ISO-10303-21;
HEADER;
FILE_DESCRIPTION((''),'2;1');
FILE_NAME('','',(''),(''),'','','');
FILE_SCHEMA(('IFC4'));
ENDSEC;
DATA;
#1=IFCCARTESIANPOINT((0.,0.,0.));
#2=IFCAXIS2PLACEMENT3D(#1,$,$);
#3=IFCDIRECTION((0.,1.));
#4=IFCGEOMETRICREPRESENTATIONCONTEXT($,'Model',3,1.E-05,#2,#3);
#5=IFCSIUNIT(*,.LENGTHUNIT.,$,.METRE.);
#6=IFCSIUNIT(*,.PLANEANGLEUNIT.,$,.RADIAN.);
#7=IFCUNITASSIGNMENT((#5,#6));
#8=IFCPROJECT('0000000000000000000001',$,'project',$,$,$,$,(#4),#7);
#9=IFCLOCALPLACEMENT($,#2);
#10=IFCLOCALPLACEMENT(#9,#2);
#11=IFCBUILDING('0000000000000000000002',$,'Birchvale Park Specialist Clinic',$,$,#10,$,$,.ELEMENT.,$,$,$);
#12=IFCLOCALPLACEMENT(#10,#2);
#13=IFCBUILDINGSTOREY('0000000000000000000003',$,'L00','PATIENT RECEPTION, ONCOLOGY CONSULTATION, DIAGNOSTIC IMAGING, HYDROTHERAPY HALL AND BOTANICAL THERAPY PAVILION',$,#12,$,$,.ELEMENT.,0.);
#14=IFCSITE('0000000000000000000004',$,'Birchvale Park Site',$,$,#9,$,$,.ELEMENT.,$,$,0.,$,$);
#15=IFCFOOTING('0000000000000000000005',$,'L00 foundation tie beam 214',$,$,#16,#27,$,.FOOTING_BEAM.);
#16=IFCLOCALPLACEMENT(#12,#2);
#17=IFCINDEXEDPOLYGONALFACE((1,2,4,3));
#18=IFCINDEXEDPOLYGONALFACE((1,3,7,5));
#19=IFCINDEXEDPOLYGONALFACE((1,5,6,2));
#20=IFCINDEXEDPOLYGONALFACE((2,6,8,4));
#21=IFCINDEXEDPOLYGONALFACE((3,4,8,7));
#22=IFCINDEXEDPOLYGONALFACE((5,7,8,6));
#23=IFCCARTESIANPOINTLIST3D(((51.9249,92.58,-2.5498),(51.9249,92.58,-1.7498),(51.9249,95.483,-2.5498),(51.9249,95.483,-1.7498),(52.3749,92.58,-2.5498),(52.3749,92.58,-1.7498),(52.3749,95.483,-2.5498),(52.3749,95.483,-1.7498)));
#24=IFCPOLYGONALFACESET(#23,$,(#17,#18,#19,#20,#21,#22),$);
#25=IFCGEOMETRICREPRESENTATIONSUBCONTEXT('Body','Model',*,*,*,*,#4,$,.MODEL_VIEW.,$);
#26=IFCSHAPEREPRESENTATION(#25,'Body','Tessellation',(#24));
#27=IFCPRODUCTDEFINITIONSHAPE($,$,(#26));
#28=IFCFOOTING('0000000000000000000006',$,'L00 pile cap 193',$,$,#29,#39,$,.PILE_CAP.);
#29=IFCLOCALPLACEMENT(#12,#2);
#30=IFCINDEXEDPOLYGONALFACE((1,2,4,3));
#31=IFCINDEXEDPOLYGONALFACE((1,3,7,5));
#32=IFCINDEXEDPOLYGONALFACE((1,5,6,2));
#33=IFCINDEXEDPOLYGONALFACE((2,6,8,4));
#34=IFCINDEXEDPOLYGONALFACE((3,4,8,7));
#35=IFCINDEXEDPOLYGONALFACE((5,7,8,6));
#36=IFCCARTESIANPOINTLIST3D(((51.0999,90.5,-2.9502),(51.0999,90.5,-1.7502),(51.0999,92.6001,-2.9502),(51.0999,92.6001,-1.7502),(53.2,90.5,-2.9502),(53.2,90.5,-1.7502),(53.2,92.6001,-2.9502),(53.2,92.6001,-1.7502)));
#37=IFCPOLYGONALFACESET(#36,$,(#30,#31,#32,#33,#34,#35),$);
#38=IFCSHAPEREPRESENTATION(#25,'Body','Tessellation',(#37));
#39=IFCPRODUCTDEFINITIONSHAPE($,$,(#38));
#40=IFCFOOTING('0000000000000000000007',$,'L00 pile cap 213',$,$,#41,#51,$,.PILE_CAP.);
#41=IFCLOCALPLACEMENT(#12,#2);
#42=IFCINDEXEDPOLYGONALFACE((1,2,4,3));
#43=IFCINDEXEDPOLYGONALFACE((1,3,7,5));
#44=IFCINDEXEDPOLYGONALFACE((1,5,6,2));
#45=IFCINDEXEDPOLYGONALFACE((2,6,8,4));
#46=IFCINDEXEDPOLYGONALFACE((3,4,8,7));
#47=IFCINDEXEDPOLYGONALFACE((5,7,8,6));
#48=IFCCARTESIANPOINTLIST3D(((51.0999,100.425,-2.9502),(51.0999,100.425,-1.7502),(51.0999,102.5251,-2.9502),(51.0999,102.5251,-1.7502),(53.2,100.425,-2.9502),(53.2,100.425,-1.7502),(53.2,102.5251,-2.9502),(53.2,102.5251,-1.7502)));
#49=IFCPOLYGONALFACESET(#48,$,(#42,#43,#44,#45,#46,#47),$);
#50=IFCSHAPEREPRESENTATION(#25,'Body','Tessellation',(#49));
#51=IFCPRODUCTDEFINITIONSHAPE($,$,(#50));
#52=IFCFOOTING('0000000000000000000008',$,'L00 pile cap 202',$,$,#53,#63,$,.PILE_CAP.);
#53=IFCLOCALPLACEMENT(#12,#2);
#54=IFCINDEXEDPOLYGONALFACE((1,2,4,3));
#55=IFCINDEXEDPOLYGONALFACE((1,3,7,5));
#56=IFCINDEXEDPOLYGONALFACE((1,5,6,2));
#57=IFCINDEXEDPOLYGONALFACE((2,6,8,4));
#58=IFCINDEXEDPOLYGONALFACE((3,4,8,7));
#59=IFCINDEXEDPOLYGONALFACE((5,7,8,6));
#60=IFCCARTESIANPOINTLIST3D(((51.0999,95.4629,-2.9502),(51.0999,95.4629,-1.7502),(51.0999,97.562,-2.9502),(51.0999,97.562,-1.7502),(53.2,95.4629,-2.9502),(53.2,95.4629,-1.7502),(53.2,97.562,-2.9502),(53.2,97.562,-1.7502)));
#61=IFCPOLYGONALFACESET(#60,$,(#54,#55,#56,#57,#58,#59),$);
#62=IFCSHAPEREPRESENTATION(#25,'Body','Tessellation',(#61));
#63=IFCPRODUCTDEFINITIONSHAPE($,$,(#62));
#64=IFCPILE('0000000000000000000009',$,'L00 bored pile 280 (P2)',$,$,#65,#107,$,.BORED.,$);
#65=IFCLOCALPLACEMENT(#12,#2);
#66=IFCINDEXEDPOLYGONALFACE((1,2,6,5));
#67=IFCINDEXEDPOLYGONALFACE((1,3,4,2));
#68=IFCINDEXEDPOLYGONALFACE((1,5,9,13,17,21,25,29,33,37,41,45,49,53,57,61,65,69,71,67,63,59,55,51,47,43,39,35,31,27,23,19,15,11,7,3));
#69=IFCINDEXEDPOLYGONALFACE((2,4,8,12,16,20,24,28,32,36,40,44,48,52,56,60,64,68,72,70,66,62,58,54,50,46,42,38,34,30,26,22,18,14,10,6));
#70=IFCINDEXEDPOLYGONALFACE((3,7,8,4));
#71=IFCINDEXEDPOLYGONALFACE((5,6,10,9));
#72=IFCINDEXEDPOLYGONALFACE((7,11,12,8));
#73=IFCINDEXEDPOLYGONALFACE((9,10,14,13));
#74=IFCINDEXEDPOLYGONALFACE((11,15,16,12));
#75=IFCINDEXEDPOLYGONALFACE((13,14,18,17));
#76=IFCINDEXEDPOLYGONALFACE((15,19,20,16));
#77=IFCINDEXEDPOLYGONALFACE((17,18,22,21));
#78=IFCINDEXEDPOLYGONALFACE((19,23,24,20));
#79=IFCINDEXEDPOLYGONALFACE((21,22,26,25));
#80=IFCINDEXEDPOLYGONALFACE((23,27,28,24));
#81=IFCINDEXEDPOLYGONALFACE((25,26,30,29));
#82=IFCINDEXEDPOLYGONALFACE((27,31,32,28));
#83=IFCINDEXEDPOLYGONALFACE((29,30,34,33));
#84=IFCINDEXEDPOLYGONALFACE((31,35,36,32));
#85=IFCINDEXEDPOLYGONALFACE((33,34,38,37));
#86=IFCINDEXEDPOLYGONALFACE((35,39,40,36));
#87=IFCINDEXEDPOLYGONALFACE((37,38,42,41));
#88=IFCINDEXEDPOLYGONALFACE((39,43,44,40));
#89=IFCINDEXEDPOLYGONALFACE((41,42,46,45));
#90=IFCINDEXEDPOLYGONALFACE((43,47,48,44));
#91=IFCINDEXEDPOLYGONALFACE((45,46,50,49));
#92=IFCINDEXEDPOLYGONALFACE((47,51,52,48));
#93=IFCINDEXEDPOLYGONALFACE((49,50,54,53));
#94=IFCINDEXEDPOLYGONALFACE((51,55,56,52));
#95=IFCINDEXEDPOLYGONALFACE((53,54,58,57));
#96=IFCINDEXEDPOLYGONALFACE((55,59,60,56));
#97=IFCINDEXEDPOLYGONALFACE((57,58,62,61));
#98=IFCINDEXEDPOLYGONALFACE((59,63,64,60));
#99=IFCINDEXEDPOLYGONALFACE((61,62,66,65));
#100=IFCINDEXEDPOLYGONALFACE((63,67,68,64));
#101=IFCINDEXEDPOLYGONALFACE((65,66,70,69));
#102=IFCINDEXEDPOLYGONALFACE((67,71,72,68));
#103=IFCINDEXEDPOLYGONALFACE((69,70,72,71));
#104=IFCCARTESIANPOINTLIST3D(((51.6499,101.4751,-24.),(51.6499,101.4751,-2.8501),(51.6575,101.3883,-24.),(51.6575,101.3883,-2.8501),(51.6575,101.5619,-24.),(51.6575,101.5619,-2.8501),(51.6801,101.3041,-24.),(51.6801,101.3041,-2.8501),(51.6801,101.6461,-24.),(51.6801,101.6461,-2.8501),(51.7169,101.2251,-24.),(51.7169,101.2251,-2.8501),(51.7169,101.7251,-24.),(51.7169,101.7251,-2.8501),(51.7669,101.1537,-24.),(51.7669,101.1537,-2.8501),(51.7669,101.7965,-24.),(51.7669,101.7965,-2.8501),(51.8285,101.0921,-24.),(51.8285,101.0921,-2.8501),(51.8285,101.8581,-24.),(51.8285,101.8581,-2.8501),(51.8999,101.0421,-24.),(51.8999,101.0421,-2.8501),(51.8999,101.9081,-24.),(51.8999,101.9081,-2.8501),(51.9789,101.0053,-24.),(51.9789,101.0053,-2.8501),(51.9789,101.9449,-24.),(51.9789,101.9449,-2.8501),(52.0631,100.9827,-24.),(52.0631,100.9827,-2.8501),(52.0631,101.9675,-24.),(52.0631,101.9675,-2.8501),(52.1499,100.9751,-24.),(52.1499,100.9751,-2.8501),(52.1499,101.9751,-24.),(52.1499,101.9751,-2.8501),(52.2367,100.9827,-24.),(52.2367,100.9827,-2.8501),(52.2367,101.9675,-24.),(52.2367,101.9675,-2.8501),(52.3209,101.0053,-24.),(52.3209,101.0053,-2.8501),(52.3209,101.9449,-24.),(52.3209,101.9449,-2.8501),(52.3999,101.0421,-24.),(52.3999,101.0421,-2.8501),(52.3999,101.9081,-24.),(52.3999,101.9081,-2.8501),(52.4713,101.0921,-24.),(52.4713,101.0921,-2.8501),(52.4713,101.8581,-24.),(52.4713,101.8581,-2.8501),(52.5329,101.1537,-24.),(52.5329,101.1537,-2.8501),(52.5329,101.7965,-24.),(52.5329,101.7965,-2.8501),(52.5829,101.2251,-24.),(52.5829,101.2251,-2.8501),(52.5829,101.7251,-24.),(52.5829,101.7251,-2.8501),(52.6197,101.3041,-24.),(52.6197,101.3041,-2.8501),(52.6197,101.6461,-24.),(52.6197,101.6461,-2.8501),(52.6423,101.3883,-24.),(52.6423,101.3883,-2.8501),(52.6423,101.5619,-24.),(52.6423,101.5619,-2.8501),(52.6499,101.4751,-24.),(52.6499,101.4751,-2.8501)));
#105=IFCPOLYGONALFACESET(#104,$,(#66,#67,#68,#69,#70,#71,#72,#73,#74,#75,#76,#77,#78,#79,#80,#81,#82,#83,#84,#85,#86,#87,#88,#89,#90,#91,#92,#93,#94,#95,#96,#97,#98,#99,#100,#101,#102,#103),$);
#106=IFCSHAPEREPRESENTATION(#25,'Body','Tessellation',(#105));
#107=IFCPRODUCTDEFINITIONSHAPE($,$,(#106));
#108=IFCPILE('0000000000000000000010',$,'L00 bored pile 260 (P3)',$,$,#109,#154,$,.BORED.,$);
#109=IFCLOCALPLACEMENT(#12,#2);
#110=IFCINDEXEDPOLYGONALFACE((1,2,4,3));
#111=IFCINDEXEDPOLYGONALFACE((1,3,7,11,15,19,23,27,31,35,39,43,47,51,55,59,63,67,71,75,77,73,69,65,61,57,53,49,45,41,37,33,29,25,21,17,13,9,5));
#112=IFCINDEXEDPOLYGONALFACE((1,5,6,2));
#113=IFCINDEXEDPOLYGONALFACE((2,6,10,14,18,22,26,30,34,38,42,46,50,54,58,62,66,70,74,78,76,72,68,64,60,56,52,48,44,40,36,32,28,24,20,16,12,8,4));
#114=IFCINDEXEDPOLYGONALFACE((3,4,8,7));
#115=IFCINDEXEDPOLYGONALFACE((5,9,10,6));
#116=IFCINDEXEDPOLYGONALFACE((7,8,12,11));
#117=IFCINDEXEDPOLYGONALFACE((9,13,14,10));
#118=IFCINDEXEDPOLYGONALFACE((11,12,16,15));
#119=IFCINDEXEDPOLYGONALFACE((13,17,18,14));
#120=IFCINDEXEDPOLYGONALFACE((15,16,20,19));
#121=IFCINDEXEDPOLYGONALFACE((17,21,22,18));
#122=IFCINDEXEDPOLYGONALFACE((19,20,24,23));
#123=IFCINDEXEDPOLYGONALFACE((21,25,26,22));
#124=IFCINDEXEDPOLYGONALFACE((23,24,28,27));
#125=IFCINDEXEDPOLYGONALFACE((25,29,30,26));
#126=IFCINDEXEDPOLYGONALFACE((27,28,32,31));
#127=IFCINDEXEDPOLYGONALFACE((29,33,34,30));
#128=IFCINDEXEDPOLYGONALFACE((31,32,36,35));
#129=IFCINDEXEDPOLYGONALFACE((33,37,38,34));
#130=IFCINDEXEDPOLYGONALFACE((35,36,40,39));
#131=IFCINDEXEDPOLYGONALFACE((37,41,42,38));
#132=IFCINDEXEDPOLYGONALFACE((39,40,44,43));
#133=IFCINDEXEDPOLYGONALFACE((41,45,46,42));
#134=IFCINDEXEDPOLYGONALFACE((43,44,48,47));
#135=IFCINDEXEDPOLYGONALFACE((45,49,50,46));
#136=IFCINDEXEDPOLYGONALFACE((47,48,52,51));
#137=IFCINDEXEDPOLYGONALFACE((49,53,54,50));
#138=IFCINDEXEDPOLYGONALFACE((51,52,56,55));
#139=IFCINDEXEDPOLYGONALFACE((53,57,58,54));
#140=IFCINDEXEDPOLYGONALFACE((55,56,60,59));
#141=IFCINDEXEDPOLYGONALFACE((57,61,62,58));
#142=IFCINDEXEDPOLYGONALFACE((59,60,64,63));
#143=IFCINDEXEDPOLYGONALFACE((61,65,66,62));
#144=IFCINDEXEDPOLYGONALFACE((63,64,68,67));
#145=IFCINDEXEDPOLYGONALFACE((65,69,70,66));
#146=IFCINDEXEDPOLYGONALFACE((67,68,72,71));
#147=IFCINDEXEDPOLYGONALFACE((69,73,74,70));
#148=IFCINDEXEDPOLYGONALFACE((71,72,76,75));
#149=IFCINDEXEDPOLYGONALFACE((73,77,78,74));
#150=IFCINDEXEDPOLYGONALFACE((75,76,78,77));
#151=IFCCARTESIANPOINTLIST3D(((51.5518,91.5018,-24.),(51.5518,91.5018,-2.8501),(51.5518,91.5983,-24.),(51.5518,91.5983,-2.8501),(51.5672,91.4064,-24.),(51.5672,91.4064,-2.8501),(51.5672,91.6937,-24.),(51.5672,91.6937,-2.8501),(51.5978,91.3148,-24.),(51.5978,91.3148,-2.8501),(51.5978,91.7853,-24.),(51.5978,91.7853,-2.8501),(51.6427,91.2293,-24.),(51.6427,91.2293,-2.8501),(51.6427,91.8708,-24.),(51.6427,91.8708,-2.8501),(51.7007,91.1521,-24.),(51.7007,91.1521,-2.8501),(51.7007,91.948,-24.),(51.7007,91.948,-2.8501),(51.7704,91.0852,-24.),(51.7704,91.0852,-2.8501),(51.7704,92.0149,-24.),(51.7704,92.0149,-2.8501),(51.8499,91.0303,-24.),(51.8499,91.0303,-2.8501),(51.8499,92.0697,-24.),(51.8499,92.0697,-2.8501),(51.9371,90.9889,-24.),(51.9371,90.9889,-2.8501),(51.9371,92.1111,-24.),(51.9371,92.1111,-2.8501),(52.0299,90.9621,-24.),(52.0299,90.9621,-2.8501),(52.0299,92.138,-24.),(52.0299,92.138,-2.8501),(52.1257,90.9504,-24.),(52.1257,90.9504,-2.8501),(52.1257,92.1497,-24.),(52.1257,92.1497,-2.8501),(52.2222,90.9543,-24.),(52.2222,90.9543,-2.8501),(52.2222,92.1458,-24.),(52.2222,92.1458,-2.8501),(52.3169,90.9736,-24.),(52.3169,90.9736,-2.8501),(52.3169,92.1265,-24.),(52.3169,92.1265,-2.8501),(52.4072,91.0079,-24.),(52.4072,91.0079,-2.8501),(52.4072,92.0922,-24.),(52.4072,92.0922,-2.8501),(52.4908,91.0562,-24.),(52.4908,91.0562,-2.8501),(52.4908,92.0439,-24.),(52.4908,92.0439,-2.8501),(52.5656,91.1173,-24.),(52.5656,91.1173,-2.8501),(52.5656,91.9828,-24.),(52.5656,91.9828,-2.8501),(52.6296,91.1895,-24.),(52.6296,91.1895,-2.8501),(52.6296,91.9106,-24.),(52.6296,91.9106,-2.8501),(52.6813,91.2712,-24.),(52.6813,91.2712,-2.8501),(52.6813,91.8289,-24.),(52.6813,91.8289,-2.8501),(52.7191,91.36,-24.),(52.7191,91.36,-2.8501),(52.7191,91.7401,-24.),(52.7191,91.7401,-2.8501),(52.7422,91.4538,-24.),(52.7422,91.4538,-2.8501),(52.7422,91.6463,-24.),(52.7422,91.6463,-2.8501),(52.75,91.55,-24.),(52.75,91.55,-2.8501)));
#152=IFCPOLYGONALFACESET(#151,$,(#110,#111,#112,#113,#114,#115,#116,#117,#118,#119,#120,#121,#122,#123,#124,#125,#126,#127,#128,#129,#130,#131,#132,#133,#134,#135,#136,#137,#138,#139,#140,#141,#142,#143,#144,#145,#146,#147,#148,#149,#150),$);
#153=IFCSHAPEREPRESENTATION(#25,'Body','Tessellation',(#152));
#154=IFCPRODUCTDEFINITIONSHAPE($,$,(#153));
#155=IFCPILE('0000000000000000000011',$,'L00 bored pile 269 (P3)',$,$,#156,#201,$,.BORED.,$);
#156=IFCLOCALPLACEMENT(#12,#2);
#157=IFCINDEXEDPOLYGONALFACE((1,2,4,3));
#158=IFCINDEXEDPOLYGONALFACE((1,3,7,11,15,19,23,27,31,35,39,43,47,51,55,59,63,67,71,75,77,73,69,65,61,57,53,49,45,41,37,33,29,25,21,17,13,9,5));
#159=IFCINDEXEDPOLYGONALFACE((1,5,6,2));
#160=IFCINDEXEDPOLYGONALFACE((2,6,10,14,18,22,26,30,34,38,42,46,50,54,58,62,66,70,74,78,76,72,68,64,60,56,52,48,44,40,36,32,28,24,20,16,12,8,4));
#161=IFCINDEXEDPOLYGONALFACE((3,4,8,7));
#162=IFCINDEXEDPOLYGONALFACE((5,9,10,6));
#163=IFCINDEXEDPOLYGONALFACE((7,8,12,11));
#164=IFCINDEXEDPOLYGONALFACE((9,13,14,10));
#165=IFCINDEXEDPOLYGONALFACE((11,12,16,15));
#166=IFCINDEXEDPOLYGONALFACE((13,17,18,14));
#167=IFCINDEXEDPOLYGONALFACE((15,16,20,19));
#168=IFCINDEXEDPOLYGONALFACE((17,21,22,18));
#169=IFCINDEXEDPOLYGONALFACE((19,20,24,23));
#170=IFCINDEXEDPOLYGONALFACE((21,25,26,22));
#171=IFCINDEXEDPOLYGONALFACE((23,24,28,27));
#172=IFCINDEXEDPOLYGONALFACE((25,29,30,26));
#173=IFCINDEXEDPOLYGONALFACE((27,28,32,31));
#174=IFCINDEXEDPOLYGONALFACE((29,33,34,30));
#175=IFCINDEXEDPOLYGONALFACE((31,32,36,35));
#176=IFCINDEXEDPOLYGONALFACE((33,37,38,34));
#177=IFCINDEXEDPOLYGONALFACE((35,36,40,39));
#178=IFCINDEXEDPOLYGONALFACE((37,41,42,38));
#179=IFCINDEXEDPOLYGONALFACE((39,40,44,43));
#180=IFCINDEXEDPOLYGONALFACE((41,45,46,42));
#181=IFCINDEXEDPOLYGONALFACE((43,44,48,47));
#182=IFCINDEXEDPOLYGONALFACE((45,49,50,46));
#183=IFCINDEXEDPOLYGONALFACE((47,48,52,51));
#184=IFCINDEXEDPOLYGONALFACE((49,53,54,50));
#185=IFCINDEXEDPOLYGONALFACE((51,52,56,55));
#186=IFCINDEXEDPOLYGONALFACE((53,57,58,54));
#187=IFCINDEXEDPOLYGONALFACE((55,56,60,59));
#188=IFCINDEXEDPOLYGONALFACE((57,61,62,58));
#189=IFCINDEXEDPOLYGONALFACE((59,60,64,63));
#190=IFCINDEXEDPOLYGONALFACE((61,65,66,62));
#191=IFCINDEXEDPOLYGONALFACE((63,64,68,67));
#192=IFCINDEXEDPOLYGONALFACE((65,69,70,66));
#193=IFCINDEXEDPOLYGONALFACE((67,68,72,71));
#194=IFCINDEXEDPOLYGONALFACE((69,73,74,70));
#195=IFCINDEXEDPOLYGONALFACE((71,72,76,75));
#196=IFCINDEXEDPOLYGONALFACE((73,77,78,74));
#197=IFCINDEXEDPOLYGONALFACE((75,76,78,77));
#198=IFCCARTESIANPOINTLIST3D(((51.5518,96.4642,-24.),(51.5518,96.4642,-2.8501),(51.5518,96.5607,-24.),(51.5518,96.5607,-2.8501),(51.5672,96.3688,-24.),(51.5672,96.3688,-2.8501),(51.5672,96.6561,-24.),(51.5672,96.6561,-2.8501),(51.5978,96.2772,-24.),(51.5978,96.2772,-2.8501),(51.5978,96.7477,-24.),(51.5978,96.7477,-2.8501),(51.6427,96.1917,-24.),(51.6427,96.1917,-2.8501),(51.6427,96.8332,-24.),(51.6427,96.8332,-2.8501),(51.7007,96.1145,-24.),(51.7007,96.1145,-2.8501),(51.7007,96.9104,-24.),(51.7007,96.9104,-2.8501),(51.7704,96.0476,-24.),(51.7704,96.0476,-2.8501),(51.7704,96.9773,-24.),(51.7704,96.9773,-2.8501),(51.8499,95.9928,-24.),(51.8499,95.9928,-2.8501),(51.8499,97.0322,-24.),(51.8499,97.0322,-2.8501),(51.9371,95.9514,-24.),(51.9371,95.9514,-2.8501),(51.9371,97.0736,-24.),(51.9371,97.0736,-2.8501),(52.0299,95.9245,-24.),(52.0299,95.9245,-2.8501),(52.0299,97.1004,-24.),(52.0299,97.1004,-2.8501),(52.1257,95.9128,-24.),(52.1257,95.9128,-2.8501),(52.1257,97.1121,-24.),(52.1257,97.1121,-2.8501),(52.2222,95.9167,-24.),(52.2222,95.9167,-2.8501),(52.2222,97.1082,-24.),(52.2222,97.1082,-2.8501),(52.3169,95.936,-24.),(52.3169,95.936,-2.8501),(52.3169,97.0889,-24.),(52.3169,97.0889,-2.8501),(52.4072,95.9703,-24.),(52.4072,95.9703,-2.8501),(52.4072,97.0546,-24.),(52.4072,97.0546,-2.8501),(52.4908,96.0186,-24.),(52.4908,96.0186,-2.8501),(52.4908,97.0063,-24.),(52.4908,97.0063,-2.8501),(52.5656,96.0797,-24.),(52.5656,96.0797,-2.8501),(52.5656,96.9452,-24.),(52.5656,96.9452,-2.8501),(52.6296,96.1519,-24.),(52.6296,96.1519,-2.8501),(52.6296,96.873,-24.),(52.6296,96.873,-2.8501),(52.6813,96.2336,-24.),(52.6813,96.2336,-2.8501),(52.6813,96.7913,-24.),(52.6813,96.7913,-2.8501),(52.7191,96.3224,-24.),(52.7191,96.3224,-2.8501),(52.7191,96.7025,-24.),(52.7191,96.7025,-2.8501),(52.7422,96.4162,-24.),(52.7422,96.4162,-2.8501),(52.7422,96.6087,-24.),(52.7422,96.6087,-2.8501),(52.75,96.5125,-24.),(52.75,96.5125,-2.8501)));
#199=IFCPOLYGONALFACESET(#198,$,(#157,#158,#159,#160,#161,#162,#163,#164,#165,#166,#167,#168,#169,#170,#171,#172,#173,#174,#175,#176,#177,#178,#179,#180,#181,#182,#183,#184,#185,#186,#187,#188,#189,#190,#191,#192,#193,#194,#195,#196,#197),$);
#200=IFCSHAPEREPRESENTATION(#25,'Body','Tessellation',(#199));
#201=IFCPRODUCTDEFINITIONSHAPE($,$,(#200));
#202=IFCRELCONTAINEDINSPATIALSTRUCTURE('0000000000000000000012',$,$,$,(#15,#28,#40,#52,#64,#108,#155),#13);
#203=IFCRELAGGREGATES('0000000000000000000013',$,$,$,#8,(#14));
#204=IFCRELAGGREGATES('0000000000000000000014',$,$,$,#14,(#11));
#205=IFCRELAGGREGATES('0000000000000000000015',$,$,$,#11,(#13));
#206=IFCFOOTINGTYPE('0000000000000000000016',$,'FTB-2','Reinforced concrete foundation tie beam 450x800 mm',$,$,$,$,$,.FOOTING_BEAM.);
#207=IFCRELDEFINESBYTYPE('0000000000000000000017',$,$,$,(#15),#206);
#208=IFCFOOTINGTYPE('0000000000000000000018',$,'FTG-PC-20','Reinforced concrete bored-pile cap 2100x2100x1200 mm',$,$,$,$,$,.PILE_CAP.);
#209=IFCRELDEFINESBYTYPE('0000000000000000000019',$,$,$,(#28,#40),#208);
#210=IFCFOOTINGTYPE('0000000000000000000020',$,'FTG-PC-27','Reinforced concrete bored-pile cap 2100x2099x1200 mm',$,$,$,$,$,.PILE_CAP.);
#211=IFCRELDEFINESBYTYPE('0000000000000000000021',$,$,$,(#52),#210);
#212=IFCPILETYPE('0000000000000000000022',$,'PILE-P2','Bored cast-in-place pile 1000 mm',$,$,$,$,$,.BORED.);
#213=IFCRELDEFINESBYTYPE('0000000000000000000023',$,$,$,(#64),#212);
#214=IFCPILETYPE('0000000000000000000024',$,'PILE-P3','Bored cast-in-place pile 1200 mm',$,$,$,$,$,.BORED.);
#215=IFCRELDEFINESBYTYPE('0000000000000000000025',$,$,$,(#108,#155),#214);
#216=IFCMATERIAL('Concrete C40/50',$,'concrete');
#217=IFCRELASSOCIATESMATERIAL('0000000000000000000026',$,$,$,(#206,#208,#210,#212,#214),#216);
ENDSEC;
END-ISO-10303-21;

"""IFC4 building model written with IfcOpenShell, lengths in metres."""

from ifc_helpers import new_model, si_unit, direction, frame, origin, origin_2d, place, context, subcontext, project, spatial, rectangle, circle, extrude, material, material_profile, profile_set, type_object, element, save


model = new_model("IFC4")

# Units and contexts
model_context = context("Model", 3, precision=1e-05, world=origin(), true_north=direction((0.0, 1.0)))
body_context = subcontext(model_context, "Body", "Model", "MODEL_VIEW")
ifc_project = project(units=[si_unit("LENGTHUNIT", "METRE"), si_unit("PLANEANGLEUNIT", "RADIAN")], contexts=[model_context])

# Site, building, storey
site_placement = place(None, origin())
site = spatial("IfcSite", under=ifc_project, at=site_placement, Name="Birchvale Park Site", CompositionType="ELEMENT", RefElevation=0.0)
building_placement = place(site_placement, origin())
building = spatial("IfcBuilding", under=site, at=building_placement, Name="Birchvale Park Specialist Clinic", CompositionType="ELEMENT")
storey_placement = place(building_placement, origin())
storey = spatial("IfcBuildingStorey", under=building, at=storey_placement, Name="L00", Description="PATIENT RECEPTION, ONCOLOGY CONSULTATION, DIAGNOSTIC IMAGING, HYDROTHERAPY HALL AND BOTANICAL THERAPY PAVILION", CompositionType="ELEMENT", Elevation=0.0)

# Footings
ifc_material_1 = material(Name="Concrete C40/50", Category="concrete")
footing_type_1 = type_object("IfcFootingType", Name="FTB-2", Description="Reinforced concrete foundation tie beam 450x800 mm", PredefinedType="FOOTING_BEAM", material=ifc_material_1)
footing_1_placement = place(storey_placement, frame((52.1499, 94.0315, -2.5498), z_axis=(0.0, 0.0, 1.0), x_axis=(1.0, 0.0, 0.0)))
element("IfcFooting", 1, at=footing_1_placement, inside=storey, type_object=footing_type_1, Name="L00 foundation tie beam 214", PredefinedType="FOOTING_BEAM", context=body_context, shape_type="SweptSolid", body=[
    extrude(rectangle(XDim=0.45, YDim=2.9031, at=origin_2d()), origin(), (0.0, 0.0, 1.0), 0.8),
])
footing_type_2 = type_object("IfcFootingType", Name="FTG-PC-20", Description="Reinforced concrete bored-pile cap 2100x2100x1200 mm", PredefinedType="PILE_CAP", material=ifc_material_1)
for number, where, z_axis, x_axis, name in (
    (2, (52.1499, 91.55, -2.9502), (0.0, 0.0, 1.0), (1.0, 0.0, 0.0), "L00 pile cap 193"),
    (3, (52.1499, 101.4751, -2.9502), (0.0, 0.0, 1.0), (1.0, 0.0, 0.0), "L00 pile cap 213"),
):
    element("IfcFooting", number, at=place(storey_placement, frame(where, z_axis=z_axis, x_axis=x_axis)), inside=storey, type_object=footing_type_2, Name=name, PredefinedType="PILE_CAP", context=body_context, shape_type="SweptSolid", body=[
        extrude(rectangle(XDim=2.1001, YDim=2.1001, at=origin_2d()), origin(), (0.0, 0.0, 1.0), 1.2),
    ])
footing_type_3 = type_object("IfcFootingType", Name="FTG-PC-27", Description="Reinforced concrete bored-pile cap 2100x2099x1200 mm", PredefinedType="PILE_CAP", material=ifc_material_1)
footing_2_placement = place(storey_placement, frame((52.1499, 96.5125, -2.9502), z_axis=(0.0, 0.0, 1.0), x_axis=(1.0, 0.0, 0.0)))
element("IfcFooting", 4, at=footing_2_placement, inside=storey, type_object=footing_type_3, Name="L00 pile cap 202", PredefinedType="PILE_CAP", context=body_context, shape_type="SweptSolid", body=[
    extrude(rectangle(XDim=2.1001, YDim=2.0991, at=origin_2d()), origin(), (0.0, 0.0, 1.0), 1.2),
])

# Piles
ifc_material_profile_1 = material_profile(ifc_material_1, circle(Radius=0.5, at=origin_2d()), Name="PILE-1000")
ifc_profile_set_1 = profile_set([ifc_material_profile_1], Name="Concrete C40/50")
pile_type_1 = type_object("IfcPileType", Name="PILE-P2", Description="Bored cast-in-place pile 1000 mm", PredefinedType="BORED", material=ifc_profile_set_1)
pile_placement = place(storey_placement, frame((52.1499, 101.4751, -2.8501), z_axis=(0.0, 0.0, -1.0), x_axis=(1.0, 0.0, 0.0)))
element("IfcPile", 5, at=pile_placement, inside=storey, type_object=pile_type_1, Name="L00 bored pile 280 (P2)", PredefinedType="BORED", context=body_context, shape_type="SweptSolid", body=[
    extrude(circle(Radius=0.5, at=origin_2d()), origin(), (0.0, 0.0, 1.0), 21.1499),
])
ifc_material_profile_2 = material_profile(ifc_material_1, circle(Radius=0.6001, at=origin_2d()), Name="PILE-1200")
ifc_profile_set_2 = profile_set([ifc_material_profile_2], Name="Concrete C40/50")
pile_type_2 = type_object("IfcPileType", Name="PILE-P3", Description="Bored cast-in-place pile 1200 mm", PredefinedType="BORED", material=ifc_profile_set_2)
for number, where, z_axis, x_axis, name in (
    (6, (52.1499, 91.55, -2.8501), (0.0, 0.0, -1.0), (1.0, 0.0, 0.0), "L00 bored pile 260 (P3)"),
    (7, (52.1499, 96.5125, -2.8501), (0.0, 0.0, -1.0), (1.0, 0.0, 0.0), "L00 bored pile 269 (P3)"),
):
    element("IfcPile", number, at=place(storey_placement, frame(where, z_axis=z_axis, x_axis=x_axis)), inside=storey, type_object=pile_type_2, Name=name, PredefinedType="BORED", context=body_context, shape_type="SweptSolid", body=[
        extrude(circle(Radius=0.6001, at=origin_2d()), origin(), (0.0, 0.0, 1.0), 21.1499),
    ])

save(model, "model.ifc")
